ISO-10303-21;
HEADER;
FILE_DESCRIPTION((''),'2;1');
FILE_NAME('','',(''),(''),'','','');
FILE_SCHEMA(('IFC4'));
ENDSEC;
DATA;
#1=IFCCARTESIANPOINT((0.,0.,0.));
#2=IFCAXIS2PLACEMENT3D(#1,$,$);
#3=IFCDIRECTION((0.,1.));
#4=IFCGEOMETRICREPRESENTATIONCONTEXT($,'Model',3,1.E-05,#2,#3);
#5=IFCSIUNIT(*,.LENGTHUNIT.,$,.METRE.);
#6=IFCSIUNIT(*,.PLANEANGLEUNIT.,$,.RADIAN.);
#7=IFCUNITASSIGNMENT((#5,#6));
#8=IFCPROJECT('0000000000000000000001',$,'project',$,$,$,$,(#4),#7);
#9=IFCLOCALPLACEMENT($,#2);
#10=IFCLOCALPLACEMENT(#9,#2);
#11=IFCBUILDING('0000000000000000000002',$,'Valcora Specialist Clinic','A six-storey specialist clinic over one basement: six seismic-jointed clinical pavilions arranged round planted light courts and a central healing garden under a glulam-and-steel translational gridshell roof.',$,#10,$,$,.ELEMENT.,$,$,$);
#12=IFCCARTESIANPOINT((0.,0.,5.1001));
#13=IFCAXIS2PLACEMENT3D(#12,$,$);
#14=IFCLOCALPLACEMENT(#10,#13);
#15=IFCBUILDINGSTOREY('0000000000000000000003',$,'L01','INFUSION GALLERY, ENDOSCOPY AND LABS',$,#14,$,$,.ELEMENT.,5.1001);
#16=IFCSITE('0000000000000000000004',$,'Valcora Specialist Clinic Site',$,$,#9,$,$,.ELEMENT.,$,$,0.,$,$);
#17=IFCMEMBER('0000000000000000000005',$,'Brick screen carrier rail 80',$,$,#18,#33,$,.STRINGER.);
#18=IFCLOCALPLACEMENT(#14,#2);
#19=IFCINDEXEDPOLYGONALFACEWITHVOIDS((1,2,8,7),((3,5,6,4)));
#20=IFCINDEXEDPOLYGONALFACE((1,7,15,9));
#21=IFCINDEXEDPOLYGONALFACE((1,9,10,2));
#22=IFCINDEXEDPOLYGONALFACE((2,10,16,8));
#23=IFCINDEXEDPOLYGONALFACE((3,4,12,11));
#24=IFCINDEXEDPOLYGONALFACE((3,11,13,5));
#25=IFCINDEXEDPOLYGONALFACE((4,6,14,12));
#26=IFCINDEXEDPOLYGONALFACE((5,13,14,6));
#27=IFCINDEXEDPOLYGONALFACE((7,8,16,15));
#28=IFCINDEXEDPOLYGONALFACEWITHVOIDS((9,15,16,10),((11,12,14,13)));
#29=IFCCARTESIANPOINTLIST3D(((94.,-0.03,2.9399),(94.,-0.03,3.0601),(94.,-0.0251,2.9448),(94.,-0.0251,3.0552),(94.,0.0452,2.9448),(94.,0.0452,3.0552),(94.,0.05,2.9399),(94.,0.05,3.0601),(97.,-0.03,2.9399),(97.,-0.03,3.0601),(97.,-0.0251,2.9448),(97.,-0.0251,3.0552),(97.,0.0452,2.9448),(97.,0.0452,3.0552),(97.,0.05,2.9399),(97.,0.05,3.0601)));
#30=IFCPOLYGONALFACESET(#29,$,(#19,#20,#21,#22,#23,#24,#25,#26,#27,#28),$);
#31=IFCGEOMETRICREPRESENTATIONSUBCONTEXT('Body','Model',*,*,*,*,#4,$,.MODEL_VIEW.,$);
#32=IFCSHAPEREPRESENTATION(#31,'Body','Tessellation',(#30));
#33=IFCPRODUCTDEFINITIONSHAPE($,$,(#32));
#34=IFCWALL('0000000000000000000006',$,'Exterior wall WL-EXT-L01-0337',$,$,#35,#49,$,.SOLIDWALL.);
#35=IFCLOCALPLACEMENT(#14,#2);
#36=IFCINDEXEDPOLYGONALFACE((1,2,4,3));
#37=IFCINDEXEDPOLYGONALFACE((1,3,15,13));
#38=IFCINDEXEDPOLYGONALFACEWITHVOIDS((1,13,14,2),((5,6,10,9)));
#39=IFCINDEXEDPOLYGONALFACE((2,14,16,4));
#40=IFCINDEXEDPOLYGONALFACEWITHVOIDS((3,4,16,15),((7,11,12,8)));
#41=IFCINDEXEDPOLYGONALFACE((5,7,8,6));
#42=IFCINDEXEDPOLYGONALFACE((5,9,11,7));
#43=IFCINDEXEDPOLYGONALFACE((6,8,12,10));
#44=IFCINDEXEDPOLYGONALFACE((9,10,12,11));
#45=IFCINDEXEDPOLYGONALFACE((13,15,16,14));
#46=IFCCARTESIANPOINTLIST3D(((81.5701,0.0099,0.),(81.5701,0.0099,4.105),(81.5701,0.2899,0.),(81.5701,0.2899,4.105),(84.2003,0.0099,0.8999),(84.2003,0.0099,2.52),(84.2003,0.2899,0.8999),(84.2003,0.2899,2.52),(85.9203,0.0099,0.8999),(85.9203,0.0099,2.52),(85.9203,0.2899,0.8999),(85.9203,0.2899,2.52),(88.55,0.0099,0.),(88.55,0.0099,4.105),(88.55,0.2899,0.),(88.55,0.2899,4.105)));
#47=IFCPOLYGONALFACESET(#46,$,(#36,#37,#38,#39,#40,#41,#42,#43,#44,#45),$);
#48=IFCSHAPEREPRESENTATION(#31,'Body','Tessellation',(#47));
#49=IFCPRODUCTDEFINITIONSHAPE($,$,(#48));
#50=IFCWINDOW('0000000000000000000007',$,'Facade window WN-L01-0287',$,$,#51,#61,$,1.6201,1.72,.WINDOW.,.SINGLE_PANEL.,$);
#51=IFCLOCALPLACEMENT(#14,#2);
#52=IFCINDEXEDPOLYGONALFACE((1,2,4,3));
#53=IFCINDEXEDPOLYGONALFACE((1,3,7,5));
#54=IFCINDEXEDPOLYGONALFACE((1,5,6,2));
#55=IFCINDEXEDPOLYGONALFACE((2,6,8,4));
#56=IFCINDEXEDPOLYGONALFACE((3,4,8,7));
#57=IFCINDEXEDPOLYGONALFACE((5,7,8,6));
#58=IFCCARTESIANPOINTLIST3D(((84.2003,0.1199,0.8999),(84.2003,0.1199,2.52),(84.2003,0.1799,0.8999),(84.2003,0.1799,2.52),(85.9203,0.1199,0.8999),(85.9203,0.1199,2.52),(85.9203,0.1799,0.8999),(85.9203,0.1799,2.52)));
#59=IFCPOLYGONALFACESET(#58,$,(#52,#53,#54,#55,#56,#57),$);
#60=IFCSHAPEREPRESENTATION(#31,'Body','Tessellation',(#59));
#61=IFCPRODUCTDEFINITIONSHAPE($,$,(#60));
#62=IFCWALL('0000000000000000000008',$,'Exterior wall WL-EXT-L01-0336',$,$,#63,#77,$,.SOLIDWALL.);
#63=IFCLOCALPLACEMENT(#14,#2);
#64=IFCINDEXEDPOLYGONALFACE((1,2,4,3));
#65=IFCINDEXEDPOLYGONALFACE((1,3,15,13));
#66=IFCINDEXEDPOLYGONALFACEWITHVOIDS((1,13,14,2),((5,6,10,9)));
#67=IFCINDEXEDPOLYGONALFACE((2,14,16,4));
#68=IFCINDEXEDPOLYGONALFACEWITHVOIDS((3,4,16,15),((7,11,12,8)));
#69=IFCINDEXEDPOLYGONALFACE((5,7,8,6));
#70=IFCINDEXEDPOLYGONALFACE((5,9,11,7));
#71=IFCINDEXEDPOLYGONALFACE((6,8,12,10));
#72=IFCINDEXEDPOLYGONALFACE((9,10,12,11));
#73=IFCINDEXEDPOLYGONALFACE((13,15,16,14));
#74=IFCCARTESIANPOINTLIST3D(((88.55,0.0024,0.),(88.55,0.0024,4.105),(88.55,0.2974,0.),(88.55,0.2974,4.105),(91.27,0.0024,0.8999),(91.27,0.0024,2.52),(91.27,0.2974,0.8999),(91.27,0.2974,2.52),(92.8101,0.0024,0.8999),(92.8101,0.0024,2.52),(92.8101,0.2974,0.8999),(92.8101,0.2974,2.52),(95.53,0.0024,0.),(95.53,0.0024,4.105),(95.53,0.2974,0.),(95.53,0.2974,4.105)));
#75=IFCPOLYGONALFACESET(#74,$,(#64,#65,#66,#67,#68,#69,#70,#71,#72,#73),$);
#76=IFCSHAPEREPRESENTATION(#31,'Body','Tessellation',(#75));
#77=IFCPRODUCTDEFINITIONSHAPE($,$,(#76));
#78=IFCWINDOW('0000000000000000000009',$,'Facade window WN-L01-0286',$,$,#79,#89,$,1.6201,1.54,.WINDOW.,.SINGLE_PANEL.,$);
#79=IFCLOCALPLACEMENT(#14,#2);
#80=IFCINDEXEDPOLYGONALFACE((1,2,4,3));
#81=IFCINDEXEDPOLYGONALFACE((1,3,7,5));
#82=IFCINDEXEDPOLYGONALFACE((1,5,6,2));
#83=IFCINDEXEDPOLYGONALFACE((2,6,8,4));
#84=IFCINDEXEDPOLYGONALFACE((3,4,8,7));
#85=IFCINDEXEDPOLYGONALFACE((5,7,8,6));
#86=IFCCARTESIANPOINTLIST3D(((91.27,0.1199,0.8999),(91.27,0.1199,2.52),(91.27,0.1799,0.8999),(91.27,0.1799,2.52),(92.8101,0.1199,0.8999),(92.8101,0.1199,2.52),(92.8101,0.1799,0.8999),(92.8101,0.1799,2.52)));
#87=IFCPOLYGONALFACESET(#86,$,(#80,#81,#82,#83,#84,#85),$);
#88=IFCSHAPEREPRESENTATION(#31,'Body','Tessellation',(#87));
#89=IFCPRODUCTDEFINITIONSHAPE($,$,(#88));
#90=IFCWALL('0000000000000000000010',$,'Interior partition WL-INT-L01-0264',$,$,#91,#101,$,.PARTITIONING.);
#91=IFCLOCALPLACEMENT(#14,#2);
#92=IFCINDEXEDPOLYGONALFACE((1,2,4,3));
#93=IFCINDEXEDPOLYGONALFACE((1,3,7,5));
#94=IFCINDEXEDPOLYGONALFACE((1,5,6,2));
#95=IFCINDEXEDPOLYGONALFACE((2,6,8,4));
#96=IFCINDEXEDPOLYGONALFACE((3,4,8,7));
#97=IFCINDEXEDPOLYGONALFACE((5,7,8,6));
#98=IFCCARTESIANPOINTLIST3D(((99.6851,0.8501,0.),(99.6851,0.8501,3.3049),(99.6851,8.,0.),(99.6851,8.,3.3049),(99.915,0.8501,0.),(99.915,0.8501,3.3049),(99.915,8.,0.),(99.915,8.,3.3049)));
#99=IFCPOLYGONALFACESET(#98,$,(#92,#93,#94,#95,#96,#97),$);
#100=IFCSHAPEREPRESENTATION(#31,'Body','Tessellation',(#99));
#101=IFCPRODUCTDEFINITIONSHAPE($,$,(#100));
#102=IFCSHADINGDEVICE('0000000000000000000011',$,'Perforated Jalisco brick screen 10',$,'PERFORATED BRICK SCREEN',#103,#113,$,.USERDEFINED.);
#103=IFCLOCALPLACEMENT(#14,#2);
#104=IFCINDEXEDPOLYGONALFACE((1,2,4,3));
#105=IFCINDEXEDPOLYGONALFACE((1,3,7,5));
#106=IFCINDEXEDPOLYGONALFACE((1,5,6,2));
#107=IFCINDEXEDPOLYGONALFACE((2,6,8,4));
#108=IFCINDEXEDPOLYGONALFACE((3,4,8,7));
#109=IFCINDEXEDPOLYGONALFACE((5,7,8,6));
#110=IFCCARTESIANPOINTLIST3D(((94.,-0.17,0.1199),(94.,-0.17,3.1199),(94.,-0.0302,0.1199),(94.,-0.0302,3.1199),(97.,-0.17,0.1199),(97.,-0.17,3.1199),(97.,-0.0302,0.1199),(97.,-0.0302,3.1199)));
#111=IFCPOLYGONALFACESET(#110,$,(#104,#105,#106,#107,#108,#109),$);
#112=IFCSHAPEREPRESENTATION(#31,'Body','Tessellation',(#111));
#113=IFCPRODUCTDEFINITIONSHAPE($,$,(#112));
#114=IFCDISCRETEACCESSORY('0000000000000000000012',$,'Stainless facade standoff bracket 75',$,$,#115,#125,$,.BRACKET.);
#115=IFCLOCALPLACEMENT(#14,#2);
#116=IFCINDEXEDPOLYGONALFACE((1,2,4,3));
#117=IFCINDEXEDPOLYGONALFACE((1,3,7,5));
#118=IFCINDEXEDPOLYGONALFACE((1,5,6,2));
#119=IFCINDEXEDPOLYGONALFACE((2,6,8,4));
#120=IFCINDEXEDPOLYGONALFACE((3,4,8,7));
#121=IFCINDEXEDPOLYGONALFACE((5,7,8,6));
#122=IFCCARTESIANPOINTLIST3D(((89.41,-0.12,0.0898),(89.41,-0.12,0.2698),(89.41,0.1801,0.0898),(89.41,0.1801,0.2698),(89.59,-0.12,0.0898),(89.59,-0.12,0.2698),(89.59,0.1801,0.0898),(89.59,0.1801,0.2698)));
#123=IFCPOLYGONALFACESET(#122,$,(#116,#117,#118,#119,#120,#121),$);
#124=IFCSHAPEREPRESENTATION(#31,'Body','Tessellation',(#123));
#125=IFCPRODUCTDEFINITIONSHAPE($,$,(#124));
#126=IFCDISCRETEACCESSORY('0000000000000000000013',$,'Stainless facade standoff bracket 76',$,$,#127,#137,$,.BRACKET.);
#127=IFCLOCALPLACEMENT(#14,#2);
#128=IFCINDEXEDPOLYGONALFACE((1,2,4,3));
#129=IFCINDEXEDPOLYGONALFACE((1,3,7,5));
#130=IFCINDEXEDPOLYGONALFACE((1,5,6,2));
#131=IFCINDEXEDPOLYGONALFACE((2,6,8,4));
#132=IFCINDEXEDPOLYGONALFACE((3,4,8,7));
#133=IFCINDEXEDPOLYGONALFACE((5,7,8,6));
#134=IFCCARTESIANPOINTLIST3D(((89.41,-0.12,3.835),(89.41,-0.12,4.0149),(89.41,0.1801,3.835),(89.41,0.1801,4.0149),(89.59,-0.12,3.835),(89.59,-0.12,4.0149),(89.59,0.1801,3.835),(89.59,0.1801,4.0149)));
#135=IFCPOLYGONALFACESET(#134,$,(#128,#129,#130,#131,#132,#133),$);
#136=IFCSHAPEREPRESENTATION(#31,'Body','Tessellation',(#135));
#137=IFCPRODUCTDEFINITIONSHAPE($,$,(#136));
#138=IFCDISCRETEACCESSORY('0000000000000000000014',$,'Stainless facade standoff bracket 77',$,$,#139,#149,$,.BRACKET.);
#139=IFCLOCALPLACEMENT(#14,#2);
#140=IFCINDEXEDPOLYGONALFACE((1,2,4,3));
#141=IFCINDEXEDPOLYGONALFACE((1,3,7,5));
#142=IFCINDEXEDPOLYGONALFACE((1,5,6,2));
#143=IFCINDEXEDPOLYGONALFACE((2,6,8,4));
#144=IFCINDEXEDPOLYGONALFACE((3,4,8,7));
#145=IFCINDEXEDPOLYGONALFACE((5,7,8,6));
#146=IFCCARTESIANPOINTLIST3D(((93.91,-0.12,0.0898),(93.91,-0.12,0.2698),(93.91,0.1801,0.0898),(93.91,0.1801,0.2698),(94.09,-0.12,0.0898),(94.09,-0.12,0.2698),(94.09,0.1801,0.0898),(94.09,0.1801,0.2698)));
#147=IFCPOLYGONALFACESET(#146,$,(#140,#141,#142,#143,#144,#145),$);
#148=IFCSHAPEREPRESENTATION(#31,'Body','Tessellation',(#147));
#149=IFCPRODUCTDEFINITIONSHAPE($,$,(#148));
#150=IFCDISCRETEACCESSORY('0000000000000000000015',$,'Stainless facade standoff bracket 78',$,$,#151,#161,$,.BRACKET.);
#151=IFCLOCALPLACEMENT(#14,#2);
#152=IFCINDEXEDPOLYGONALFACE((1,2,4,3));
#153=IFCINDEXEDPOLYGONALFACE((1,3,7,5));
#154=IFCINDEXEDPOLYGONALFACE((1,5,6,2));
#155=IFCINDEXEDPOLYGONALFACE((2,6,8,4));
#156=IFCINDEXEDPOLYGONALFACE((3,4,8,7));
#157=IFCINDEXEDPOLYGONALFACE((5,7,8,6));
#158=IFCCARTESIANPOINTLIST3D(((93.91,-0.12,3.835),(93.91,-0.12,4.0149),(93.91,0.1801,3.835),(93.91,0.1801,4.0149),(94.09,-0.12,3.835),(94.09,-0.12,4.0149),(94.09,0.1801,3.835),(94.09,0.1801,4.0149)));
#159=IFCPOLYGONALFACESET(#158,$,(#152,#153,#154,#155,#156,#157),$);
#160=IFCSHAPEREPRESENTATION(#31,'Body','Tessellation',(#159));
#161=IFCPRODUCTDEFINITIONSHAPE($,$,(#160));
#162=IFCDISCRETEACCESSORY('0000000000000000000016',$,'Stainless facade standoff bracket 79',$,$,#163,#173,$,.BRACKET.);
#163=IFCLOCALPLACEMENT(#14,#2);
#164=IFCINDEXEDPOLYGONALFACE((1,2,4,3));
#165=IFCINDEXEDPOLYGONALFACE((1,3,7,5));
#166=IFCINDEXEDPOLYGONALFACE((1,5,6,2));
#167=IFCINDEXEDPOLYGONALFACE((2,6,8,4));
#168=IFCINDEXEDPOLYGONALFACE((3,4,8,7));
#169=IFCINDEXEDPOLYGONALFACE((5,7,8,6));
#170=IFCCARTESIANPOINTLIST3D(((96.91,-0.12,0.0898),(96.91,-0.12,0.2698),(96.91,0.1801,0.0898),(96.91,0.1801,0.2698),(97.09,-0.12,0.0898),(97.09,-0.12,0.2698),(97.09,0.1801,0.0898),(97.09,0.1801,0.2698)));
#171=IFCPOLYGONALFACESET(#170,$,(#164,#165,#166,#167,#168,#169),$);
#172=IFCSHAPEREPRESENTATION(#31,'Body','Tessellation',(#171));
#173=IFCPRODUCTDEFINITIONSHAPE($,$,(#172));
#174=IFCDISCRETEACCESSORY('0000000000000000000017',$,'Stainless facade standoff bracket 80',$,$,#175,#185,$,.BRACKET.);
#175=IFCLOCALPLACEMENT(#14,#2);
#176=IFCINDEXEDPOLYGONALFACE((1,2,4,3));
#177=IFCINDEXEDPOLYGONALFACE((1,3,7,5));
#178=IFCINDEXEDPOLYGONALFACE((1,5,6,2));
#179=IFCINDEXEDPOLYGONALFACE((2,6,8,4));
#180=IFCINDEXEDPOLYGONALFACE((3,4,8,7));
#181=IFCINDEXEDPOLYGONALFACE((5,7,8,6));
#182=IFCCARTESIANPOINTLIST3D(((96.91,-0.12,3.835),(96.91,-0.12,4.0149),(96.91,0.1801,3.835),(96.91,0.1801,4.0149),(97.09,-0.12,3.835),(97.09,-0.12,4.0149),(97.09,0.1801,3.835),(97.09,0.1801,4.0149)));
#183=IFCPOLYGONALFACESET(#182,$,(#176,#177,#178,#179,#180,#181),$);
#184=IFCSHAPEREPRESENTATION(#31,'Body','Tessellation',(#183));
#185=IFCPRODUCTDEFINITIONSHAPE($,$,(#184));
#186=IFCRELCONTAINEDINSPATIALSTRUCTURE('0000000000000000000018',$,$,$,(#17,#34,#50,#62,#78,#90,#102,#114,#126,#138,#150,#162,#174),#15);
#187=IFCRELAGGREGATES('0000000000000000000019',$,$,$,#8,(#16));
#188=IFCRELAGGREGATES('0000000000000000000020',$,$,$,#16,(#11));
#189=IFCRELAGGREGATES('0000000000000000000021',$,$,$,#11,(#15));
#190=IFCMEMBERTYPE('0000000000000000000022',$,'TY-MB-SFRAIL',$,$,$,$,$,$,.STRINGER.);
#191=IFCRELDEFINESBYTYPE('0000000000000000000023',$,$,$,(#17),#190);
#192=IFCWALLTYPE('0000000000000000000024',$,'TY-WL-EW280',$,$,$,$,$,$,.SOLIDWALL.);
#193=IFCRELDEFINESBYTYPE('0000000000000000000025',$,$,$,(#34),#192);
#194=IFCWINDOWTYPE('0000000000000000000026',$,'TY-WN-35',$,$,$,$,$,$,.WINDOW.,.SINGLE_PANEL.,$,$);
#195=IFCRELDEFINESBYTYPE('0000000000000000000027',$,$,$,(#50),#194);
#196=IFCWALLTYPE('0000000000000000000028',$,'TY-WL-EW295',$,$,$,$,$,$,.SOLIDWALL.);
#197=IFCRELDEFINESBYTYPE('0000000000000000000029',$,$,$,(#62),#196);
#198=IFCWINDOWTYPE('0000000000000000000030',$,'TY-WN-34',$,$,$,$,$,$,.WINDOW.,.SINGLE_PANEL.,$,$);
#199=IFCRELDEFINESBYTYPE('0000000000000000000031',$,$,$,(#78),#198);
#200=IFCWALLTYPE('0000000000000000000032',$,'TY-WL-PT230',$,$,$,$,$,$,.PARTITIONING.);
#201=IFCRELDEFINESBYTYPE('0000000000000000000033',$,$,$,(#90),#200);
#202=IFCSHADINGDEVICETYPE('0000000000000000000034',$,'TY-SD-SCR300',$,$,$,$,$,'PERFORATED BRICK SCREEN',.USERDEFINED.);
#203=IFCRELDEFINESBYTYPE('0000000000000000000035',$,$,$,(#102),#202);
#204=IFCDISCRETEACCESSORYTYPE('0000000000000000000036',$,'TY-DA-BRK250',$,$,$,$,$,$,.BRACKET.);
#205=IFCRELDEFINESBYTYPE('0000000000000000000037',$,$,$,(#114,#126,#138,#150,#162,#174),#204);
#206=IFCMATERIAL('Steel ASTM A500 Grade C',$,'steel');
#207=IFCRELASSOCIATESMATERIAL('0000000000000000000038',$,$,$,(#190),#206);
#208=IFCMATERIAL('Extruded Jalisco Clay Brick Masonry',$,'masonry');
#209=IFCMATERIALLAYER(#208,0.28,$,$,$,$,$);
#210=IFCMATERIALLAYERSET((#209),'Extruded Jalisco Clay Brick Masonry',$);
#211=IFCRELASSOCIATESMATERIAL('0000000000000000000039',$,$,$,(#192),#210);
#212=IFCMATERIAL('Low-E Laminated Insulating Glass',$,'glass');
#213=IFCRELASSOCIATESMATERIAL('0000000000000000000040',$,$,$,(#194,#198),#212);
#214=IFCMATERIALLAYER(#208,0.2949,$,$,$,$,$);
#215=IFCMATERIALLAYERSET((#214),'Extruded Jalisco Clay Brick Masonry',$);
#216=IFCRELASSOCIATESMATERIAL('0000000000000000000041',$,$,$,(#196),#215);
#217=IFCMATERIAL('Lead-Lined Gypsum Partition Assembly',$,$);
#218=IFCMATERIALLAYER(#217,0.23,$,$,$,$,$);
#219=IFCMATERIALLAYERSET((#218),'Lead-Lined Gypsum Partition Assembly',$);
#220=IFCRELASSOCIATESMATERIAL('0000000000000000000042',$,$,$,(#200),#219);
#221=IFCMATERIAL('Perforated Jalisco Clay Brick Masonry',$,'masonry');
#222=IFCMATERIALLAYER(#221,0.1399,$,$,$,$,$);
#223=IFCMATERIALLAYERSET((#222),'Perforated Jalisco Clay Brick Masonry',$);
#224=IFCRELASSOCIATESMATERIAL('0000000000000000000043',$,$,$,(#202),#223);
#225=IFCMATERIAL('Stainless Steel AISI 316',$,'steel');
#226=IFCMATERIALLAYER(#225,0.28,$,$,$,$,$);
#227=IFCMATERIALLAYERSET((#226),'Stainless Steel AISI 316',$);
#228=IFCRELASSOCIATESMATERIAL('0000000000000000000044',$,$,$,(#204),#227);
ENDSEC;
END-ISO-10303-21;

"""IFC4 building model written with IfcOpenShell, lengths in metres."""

from ifc_helpers import new_model, si_unit, direction, frame, frame_2d, origin, origin_2d, place, context, subcontext, project, spatial, rectangle, hollow_rectangle, extrude, material, layer, layer_set, material_profile, profile_set, type_object, element, fill, save


model = new_model("IFC4")

# Units and contexts
model_context = context("Model", 3, precision=1e-05, world=origin(), true_north=direction((0.0, 1.0)))
body_context = subcontext(model_context, "Body", "Model", "MODEL_VIEW")
ifc_project = project(units=[si_unit("LENGTHUNIT", "METRE"), si_unit("PLANEANGLEUNIT", "RADIAN")], contexts=[model_context])

# Site, building, storey
site_placement = place(None, origin())
site = spatial("IfcSite", under=ifc_project, at=site_placement, Name="Valcora Specialist Clinic Site", CompositionType="ELEMENT", RefElevation=0.0)
building_placement = place(site_placement, origin())
building = spatial("IfcBuilding", under=site, at=building_placement, Name="Valcora Specialist Clinic", Description="A six-storey specialist clinic over one basement: six seismic-jointed clinical pavilions arranged round planted light courts and a central healing garden under a glulam-and-steel translational gridshell roof.", CompositionType="ELEMENT")
storey_placement = place(building_placement, frame((0.0, 0.0, 5.1001)))
storey = spatial("IfcBuildingStorey", under=building, at=storey_placement, Name="L01", Description="INFUSION GALLERY, ENDOSCOPY AND LABS", CompositionType="ELEMENT", Elevation=5.1001)

# Member
ifc_material_1 = material(Name="Steel ASTM A500 Grade C", Category="steel")
ifc_material_profile_1 = material_profile(ifc_material_1, hollow_rectangle(XDim=0.0801, YDim=0.1201, WallThickness=0.0049, at=origin_2d()), Name="ST-RHS-120X80X5")
ifc_profile_set_1 = profile_set([ifc_material_profile_1], Name="Steel ASTM A500 Grade C")
member_type_1 = type_object("IfcMemberType", Name="TY-MB-SFRAIL", PredefinedType="STRINGER", material=ifc_profile_set_1)
for number, where, z_axis, x_axis, name in (
    (1, (94.0, 0.01, 3.0), (1.0, 0.0, 0.0), (0.0, 1.0, 0.0), "Brick screen carrier rail 80"),
):
    element("IfcMember", number, at=place(storey_placement, frame(where, z_axis=z_axis, x_axis=x_axis)), inside=storey, type_object=member_type_1, Name=name, PredefinedType="STRINGER", context=body_context, shape_type="SweptSolid", body=[
        extrude(hollow_rectangle(XDim=0.0801, YDim=0.1201, WallThickness=0.0049, at=origin_2d()), origin(), (0.0, 0.0, 1.0), 3.0),
    ])

# Walls, openings, windows
ifc_material_2 = material(Name="Extruded Jalisco Clay Brick Masonry", Category="masonry")
ifc_layer_1 = layer(ifc_material_2, 0.28)
ifc_layer_set_1 = layer_set([ifc_layer_1], Name="Extruded Jalisco Clay Brick Masonry")
wall_type_1 = type_object("IfcWallType", Name="TY-WL-EW280", PredefinedType="SOLIDWALL", material=ifc_layer_set_1)
wall_1_placement = place(storey_placement, frame((88.55, 0.1499, 0.0), z_axis=(0.0, 0.0, 1.0), x_axis=(-1.0, 0.0, 0.0)))
wall_1 = element("IfcWall", 2, at=wall_1_placement, inside=storey, type_object=wall_type_1, Name="Exterior wall WL-EXT-L01-0337", PredefinedType="SOLIDWALL", context=body_context, shape_type="SweptSolid", body=[
    extrude(rectangle(XDim=6.98, YDim=0.28, at=frame_2d((3.49, 0.0))), origin(), (0.0, 0.0, 1.0), 4.105),
])
opening_1_placement = place(wall_1_placement, frame((2.6299, 0.0, 0.8999)))
opening_1 = element("IfcOpeningElement", 3, at=opening_1_placement, cuts=wall_1, PredefinedType="OPENING", context=body_context, shape_type="SweptSolid", body=[
    extrude(rectangle(XDim=1.72, YDim=1.6201, at=frame_2d((0.8599, 0.8101))), frame((0.0, 0.1499, 0.0), z_axis=(0.0, -1.0, 0.0), x_axis=(1.0, 0.0, 0.0)), (0.0, 0.0, 1.0), 0.3),
])
ifc_material_3 = material(Name="Low-E Laminated Insulating Glass", Category="glass")
window_type_1 = type_object("IfcWindowType", Name="TY-WN-35", PartitioningType="SINGLE_PANEL", PredefinedType="WINDOW", material=ifc_material_3)
window_1_placement = place(opening_1_placement, origin())
window_1 = element("IfcWindow", 4, at=window_1_placement, inside=storey, type_object=window_type_1, Name="Facade window WN-L01-0287", OverallHeight=1.6201, OverallWidth=1.72, PartitioningType="SINGLE_PANEL", PredefinedType="WINDOW", context=body_context, shape_type="SweptSolid", body=[
    extrude(rectangle(XDim=1.72, YDim=1.6201, at=frame_2d((0.8599, 0.8101))), frame((0.0, 0.03, 0.0), z_axis=(0.0, -1.0, 0.0), x_axis=(1.0, 0.0, 0.0)), (0.0, 0.0, 1.0), 0.0601),
])
fill(opening_1, window_1)
ifc_layer_2 = layer(ifc_material_2, 0.2949)
ifc_layer_set_2 = layer_set([ifc_layer_2], Name="Extruded Jalisco Clay Brick Masonry")
wall_type_2 = type_object("IfcWallType", Name="TY-WL-EW295", PredefinedType="SOLIDWALL", material=ifc_layer_set_2)
wall_2_placement = place(storey_placement, frame((95.53, 0.1499, 0.0), z_axis=(0.0, 0.0, 1.0), x_axis=(-1.0, 0.0, 0.0)))
wall_2 = element("IfcWall", 5, at=wall_2_placement, inside=storey, type_object=wall_type_2, Name="Exterior wall WL-EXT-L01-0336", PredefinedType="SOLIDWALL", context=body_context, shape_type="SweptSolid", body=[
    extrude(rectangle(XDim=6.98, YDim=0.2949, at=frame_2d((3.49, 0.0))), origin(), (0.0, 0.0, 1.0), 4.105),
])
opening_2_placement = place(wall_2_placement, frame((2.72, 0.0, 0.8999)))
opening_2 = element("IfcOpeningElement", 6, at=opening_2_placement, cuts=wall_2, PredefinedType="OPENING", context=body_context, shape_type="SweptSolid", body=[
    extrude(rectangle(XDim=1.54, YDim=1.6201, at=frame_2d((0.77, 0.8101))), frame((0.0, 0.1575, 0.0), z_axis=(0.0, -1.0, 0.0), x_axis=(1.0, 0.0, 0.0)), (0.0, 0.0, 1.0), 0.3149),
])
window_type_2 = type_object("IfcWindowType", Name="TY-WN-34", PartitioningType="SINGLE_PANEL", PredefinedType="WINDOW", material=ifc_material_3)
window_2_placement = place(opening_2_placement, origin())
window_2 = element("IfcWindow", 7, at=window_2_placement, inside=storey, type_object=window_type_2, Name="Facade window WN-L01-0286", OverallHeight=1.6201, OverallWidth=1.54, PartitioningType="SINGLE_PANEL", PredefinedType="WINDOW", context=body_context, shape_type="SweptSolid", body=[
    extrude(rectangle(XDim=1.54, YDim=1.6201, at=frame_2d((0.77, 0.8101))), frame((0.0, 0.03, 0.0), z_axis=(0.0, -1.0, 0.0), x_axis=(1.0, 0.0, 0.0)), (0.0, 0.0, 1.0), 0.0601),
])
fill(opening_2, window_2)

# Wall
ifc_material_4 = material(Name="Lead-Lined Gypsum Partition Assembly")
ifc_layer_3 = layer(ifc_material_4, 0.23)
ifc_layer_set_3 = layer_set([ifc_layer_3], Name="Lead-Lined Gypsum Partition Assembly")
wall_type_3 = type_object("IfcWallType", Name="TY-WL-PT230", PredefinedType="PARTITIONING", material=ifc_layer_set_3)
wall_3_placement = place(storey_placement, frame((99.8, 0.8501, 0.0), z_axis=(0.0, 0.0, 1.0), x_axis=(0.0, 1.0, 0.0)))
element("IfcWall", 8, at=wall_3_placement, inside=storey, type_object=wall_type_3, Name="Interior partition WL-INT-L01-0264", PredefinedType="PARTITIONING", context=body_context, shape_type="SweptSolid", body=[
    extrude(rectangle(XDim=7.1499, YDim=0.23, at=frame_2d((3.575, 0.0))), origin(), (0.0, 0.0, 1.0), 3.3049),
])

# Shading device
ifc_material_5 = material(Name="Perforated Jalisco Clay Brick Masonry", Category="masonry")
ifc_layer_4 = layer(ifc_material_5, 0.1399)
ifc_layer_set_4 = layer_set([ifc_layer_4], Name="Perforated Jalisco Clay Brick Masonry")
shading_device_type = type_object("IfcShadingDeviceType", Name="TY-SD-SCR300", ElementType="PERFORATED BRICK SCREEN", PredefinedType="USERDEFINED", material=ifc_layer_set_4)
shading_device_placement = place(storey_placement, frame((95.5, -0.1001, 0.1199), z_axis=(0.0, 0.0, 1.0), x_axis=(1.0, 0.0, 0.0)))
element("IfcShadingDevice", 9, at=shading_device_placement, inside=storey, type_object=shading_device_type, Name="Perforated Jalisco brick screen 10", ObjectType="PERFORATED BRICK SCREEN", PredefinedType="USERDEFINED", context=body_context, shape_type="SweptSolid", body=[
    extrude(rectangle(XDim=3.0, YDim=0.1399, at=origin_2d()), origin(), (0.0, 0.0, 1.0), 3.0),
])

# Discrete accessories
ifc_material_6 = material(Name="Stainless Steel AISI 316", Category="steel")
ifc_layer_5 = layer(ifc_material_6, 0.28)
ifc_layer_set_5 = layer_set([ifc_layer_5], Name="Stainless Steel AISI 316")
discrete_accessory_type = type_object("IfcDiscreteAccessoryType", Name="TY-DA-BRK250", PredefinedType="BRACKET", material=ifc_layer_set_5)
for number, where, z_axis, x_axis, name in (
    (10, (89.5, 0.03, 0.0898), (0.0, 0.0, 1.0), (1.0, 0.0, 0.0), "Stainless facade standoff bracket 75"),
    (11, (89.5, 0.03, 3.835), (0.0, 0.0, 1.0), (1.0, 0.0, 0.0), "Stainless facade standoff bracket 76"),
    (12, (94.0, 0.03, 0.0898), (0.0, 0.0, 1.0), (1.0, 0.0, 0.0), "Stainless facade standoff bracket 77"),
    (13, (94.0, 0.03, 3.835), (0.0, 0.0, 1.0), (1.0, 0.0, 0.0), "Stainless facade standoff bracket 78"),
    (14, (97.0, 0.03, 0.0898), (0.0, 0.0, 1.0), (1.0, 0.0, 0.0), "Stainless facade standoff bracket 79"),
    (15, (97.0, 0.03, 3.835), (0.0, 0.0, 1.0), (1.0, 0.0, 0.0), "Stainless facade standoff bracket 80"),
):
    element("IfcDiscreteAccessory", number, at=place(storey_placement, frame(where, z_axis=z_axis, x_axis=x_axis)), inside=storey, type_object=discrete_accessory_type, Name=name, PredefinedType="BRACKET", context=body_context, shape_type="SweptSolid", body=[
        extrude(rectangle(XDim=0.1799, YDim=0.3, at=origin_2d()), origin(), (0.0, 0.0, 1.0), 0.1799),
    ])

save(model, "model.ifc")
